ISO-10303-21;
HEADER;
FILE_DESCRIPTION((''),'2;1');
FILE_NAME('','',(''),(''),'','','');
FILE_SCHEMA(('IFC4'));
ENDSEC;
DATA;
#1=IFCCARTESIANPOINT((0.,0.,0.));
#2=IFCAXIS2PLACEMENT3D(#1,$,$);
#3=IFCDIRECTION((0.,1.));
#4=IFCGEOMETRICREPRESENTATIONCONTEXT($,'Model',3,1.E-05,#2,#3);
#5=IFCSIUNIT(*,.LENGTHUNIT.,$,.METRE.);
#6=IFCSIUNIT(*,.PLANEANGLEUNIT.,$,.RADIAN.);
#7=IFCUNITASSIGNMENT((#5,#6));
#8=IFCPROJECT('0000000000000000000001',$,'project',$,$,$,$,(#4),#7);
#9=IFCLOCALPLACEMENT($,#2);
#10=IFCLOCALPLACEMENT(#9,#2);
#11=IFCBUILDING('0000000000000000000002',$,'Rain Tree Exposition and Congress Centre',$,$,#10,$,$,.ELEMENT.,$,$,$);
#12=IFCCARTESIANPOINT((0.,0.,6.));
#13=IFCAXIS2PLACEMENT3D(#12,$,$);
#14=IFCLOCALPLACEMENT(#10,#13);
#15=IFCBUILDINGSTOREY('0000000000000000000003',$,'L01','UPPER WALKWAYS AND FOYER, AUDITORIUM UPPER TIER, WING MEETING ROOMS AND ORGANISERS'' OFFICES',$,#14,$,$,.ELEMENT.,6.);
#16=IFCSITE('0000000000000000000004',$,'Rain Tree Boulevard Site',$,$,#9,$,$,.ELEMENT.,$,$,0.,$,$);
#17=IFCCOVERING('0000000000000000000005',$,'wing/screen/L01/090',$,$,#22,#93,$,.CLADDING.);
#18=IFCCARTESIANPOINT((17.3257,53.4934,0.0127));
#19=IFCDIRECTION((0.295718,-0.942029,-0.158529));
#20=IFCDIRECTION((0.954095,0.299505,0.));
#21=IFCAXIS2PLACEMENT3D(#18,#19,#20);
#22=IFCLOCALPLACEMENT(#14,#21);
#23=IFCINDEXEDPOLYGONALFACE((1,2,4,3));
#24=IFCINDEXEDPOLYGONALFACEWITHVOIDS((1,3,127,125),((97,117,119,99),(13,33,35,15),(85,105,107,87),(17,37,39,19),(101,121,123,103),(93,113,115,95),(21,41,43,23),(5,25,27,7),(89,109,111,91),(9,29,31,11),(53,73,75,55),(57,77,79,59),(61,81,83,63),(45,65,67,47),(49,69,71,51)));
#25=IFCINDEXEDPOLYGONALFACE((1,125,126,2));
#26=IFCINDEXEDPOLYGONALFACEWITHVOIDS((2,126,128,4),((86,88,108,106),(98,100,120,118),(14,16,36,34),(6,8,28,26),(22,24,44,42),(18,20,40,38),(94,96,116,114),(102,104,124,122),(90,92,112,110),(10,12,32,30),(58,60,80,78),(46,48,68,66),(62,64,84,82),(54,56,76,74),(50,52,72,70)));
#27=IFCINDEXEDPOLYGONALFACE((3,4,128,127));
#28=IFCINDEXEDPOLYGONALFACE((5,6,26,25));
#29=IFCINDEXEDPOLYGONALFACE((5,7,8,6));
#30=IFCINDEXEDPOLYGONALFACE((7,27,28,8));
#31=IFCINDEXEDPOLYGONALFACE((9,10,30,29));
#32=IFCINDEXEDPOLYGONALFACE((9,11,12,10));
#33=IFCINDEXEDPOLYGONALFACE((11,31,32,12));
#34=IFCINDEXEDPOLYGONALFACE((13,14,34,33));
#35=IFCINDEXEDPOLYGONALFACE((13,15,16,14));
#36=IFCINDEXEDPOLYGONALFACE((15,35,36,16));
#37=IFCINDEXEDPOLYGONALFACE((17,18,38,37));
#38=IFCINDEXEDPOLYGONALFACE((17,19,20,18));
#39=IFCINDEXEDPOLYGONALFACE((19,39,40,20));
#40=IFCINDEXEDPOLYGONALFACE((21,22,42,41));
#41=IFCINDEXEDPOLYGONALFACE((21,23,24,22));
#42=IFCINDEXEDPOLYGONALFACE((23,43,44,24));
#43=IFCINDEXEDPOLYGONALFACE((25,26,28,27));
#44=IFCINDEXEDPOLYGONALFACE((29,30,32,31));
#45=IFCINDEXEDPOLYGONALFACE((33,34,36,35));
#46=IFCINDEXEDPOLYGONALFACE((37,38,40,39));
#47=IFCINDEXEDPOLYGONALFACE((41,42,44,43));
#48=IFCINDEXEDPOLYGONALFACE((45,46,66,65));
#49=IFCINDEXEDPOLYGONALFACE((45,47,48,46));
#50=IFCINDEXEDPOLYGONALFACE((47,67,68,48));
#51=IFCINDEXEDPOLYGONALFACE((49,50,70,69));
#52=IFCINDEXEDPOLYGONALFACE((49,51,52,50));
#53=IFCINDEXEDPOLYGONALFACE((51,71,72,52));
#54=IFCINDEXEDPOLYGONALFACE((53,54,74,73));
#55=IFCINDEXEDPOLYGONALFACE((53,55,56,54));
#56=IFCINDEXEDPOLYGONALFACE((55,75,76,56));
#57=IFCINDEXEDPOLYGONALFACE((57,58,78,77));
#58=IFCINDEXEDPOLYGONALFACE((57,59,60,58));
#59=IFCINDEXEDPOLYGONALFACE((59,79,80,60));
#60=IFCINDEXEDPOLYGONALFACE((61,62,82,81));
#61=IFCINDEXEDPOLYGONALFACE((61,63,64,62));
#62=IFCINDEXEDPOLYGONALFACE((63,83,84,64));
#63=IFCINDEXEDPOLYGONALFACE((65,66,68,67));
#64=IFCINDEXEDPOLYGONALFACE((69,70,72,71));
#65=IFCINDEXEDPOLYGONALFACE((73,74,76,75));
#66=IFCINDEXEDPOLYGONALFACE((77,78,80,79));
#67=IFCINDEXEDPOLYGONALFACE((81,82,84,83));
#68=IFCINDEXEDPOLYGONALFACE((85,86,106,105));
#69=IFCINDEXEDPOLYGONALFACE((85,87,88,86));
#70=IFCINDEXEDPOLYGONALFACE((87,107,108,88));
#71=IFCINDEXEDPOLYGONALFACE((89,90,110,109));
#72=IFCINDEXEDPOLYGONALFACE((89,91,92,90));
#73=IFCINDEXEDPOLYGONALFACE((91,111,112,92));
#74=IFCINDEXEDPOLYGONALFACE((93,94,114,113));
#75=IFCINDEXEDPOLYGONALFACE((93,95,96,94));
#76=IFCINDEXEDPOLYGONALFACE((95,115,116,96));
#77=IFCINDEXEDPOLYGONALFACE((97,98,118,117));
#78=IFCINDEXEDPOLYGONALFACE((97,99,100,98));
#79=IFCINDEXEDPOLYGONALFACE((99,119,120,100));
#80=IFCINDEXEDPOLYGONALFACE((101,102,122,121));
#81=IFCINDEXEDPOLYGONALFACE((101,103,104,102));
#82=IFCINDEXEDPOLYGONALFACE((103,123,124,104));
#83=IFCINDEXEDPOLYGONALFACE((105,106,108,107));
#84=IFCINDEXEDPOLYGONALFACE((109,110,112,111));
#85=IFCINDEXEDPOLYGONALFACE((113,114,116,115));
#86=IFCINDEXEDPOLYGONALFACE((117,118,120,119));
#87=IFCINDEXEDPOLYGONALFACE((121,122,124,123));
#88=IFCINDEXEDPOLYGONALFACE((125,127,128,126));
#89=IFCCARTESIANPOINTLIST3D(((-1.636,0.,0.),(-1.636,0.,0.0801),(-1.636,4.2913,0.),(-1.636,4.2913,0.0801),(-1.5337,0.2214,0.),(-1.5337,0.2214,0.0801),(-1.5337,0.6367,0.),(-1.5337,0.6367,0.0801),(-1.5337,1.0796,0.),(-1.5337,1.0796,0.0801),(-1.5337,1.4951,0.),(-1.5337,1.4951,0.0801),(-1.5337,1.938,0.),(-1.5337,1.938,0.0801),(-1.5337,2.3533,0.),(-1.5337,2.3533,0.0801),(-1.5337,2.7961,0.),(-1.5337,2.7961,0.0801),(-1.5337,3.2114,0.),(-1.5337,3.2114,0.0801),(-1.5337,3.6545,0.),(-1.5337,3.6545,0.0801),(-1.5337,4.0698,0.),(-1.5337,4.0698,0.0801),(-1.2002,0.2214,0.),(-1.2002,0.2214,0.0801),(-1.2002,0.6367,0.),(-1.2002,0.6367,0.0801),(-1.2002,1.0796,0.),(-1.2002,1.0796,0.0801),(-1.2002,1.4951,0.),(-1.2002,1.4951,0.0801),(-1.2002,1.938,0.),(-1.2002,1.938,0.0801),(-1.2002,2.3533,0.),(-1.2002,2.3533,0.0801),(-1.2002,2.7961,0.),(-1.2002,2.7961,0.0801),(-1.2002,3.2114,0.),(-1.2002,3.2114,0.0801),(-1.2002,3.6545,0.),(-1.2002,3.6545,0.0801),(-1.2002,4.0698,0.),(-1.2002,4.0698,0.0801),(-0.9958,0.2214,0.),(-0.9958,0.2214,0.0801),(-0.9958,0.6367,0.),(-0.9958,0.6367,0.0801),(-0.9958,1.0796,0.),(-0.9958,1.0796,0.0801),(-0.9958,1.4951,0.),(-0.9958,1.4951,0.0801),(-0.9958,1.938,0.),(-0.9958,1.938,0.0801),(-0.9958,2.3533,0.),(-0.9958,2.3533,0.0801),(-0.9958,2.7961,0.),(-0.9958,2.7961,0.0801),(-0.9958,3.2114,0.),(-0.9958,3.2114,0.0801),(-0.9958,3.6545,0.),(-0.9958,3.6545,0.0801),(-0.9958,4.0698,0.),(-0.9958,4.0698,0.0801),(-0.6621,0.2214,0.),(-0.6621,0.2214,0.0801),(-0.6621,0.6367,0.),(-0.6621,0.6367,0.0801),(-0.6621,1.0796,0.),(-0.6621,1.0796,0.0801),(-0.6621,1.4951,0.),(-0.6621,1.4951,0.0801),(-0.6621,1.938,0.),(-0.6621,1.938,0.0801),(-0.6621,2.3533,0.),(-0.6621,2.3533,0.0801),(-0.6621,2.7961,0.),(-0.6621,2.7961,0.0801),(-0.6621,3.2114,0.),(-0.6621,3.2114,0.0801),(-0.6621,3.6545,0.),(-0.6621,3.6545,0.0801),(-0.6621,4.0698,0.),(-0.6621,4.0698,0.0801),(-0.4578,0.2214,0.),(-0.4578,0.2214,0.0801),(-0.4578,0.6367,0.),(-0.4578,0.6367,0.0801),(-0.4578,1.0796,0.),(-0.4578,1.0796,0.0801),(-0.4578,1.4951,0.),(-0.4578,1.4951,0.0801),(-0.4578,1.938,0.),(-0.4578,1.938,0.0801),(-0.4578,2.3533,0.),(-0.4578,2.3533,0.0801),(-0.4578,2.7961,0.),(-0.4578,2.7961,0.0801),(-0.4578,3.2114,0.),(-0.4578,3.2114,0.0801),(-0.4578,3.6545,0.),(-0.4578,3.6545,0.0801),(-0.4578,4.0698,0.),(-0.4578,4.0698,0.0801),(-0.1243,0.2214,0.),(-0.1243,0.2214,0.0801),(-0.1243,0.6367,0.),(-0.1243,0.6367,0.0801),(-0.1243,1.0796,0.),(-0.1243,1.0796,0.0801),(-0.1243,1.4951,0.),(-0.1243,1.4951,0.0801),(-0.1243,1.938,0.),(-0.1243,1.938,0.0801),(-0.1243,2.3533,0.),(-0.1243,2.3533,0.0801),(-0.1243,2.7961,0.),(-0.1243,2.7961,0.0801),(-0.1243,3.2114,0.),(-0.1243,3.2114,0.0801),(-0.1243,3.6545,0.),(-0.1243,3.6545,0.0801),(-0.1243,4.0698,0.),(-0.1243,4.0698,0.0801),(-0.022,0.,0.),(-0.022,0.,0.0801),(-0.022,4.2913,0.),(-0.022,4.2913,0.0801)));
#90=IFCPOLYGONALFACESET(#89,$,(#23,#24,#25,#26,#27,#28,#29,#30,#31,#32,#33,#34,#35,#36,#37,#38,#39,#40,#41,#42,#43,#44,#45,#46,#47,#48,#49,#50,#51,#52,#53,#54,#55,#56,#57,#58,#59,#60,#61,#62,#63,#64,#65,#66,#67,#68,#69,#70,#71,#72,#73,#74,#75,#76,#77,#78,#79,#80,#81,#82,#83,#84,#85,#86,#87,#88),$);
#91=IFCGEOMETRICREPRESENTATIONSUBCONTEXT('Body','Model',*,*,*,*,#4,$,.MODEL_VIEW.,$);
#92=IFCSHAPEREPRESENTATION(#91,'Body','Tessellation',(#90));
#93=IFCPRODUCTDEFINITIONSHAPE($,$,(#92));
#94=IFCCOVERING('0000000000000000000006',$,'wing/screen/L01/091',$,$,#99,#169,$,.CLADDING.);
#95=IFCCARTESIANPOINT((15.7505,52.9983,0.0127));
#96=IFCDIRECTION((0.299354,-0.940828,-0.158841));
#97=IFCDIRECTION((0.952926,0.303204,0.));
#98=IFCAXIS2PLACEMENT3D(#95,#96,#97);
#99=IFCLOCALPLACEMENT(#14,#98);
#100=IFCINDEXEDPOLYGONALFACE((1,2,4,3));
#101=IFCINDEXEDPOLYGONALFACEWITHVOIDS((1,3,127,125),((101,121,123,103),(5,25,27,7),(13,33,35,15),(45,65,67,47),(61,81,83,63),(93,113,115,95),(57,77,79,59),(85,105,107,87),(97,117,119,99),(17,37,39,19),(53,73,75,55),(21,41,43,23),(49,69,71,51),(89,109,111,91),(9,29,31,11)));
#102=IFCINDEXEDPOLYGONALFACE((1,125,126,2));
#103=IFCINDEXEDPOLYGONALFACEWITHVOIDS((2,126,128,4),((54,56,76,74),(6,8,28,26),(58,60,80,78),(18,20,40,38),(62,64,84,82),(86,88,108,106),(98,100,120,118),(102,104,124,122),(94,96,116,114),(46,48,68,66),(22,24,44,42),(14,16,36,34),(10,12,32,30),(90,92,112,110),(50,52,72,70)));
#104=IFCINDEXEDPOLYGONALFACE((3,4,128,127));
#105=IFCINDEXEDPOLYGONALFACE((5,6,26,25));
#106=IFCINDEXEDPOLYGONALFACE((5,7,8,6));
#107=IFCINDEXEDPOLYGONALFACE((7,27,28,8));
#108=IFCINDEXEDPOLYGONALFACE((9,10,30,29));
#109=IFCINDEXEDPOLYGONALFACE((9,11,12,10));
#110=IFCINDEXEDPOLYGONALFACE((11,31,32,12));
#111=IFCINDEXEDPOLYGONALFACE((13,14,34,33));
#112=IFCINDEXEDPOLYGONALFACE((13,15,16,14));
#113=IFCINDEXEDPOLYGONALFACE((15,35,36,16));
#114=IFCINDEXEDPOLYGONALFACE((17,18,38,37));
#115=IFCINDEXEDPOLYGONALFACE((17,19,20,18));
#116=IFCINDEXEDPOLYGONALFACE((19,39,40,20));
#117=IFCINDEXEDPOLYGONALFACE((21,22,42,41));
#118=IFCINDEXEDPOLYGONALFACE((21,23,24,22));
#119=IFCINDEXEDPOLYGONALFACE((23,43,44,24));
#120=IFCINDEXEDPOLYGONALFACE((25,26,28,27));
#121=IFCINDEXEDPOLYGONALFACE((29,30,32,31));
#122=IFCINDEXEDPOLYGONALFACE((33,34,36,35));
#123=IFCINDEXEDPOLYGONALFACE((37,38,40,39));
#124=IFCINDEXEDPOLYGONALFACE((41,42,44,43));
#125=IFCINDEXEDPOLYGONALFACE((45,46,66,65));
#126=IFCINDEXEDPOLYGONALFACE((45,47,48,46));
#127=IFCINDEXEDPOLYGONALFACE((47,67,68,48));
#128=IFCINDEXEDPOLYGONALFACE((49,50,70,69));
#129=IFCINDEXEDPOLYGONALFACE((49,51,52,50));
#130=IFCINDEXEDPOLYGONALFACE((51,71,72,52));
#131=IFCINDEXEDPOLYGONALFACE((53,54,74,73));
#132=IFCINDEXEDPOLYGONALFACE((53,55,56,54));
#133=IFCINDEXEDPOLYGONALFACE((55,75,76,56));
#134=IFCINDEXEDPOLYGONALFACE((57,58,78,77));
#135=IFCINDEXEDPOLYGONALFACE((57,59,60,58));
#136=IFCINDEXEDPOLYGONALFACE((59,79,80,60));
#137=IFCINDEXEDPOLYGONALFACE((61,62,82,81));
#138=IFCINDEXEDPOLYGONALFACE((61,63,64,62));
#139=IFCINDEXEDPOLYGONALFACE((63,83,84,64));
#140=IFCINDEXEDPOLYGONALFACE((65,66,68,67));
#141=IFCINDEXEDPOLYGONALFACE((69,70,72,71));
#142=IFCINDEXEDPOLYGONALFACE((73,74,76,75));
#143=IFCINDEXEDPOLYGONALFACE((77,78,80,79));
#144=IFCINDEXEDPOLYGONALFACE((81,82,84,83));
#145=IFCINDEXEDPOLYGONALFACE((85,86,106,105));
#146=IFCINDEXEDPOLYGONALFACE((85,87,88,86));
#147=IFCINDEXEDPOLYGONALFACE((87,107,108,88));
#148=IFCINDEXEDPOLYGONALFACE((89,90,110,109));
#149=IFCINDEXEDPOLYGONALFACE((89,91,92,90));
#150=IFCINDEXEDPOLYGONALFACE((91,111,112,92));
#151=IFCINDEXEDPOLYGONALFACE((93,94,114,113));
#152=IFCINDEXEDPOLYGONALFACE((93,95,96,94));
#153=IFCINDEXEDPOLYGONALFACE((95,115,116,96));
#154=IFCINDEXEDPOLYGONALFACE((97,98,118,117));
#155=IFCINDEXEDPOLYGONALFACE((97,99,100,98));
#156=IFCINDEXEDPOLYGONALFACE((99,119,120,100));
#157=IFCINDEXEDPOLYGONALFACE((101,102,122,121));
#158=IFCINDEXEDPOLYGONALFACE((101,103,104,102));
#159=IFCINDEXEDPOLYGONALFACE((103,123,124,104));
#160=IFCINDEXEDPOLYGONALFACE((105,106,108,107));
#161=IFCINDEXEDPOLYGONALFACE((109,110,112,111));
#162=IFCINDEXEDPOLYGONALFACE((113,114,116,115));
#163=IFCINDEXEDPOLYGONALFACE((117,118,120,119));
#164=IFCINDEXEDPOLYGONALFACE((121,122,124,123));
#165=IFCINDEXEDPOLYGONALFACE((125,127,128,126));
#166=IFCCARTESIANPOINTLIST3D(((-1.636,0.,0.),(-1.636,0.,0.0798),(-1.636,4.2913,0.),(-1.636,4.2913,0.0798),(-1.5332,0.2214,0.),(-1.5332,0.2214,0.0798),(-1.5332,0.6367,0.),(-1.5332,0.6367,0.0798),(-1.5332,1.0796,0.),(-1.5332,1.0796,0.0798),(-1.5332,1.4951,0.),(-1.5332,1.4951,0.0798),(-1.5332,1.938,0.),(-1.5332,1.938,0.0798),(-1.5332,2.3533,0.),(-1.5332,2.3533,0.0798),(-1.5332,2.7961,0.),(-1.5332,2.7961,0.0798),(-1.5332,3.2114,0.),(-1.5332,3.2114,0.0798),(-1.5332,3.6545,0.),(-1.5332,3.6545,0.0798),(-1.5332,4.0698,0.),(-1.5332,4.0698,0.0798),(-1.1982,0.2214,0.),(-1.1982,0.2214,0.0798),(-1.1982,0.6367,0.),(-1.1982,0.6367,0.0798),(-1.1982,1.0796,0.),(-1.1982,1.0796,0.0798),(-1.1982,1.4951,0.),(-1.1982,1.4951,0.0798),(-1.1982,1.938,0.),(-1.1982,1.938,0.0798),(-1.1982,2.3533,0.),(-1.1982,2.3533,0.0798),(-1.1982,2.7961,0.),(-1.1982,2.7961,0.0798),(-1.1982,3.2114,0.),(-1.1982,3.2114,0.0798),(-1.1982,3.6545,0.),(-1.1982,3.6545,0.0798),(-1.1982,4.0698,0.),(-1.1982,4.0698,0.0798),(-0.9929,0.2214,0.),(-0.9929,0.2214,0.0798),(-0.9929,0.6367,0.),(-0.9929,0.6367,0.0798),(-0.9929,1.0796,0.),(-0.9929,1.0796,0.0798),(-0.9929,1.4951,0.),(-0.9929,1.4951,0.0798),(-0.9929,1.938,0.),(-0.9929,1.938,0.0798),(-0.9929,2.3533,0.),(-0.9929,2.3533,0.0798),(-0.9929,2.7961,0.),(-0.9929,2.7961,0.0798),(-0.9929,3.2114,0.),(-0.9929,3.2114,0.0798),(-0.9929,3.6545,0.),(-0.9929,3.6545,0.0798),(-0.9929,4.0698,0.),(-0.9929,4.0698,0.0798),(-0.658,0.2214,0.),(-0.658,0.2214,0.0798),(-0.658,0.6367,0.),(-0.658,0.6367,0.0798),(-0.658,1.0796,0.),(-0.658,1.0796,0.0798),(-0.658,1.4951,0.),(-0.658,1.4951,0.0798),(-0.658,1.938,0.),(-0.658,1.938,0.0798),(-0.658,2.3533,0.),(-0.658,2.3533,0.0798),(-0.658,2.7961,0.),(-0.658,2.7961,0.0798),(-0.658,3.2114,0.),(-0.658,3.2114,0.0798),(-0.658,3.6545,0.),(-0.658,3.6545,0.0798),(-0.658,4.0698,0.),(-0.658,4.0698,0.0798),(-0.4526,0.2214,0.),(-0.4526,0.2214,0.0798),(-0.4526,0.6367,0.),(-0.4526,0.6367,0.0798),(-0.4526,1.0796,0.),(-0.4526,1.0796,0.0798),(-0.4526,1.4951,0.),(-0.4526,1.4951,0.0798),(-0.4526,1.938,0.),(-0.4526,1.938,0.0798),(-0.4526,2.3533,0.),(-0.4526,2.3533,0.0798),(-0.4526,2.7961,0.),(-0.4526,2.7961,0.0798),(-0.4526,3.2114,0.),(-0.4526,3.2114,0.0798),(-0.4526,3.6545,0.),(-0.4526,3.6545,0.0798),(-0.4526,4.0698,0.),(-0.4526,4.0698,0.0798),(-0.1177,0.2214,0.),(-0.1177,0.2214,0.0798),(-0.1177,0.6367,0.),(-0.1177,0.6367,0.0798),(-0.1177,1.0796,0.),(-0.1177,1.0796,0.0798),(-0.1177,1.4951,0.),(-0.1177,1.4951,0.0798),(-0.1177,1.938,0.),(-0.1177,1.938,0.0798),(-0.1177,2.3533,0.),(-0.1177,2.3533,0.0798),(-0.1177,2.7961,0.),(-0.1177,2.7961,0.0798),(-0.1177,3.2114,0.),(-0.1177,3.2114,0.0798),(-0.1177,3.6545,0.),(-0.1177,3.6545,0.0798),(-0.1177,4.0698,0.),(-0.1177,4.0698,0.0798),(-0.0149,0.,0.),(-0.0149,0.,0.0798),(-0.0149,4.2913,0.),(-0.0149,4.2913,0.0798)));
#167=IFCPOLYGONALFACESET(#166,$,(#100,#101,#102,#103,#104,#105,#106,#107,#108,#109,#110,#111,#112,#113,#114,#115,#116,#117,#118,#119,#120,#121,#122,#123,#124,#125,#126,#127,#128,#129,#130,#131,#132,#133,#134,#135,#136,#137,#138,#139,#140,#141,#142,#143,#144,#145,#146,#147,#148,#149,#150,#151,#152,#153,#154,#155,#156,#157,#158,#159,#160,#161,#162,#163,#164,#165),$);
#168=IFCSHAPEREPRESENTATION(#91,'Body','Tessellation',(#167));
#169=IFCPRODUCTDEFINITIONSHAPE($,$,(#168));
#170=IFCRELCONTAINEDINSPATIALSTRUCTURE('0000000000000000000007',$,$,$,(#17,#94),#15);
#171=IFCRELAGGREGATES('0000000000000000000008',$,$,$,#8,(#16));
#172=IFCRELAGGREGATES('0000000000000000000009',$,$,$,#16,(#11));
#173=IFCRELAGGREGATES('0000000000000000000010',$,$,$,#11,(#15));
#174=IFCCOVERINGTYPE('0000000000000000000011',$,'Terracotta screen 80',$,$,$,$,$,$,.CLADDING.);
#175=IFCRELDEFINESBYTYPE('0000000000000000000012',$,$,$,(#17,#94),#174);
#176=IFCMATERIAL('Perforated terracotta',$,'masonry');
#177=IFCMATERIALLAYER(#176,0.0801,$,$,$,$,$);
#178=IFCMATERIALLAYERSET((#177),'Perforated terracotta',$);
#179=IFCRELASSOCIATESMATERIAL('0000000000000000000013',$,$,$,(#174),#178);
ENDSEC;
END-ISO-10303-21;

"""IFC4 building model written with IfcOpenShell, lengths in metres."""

from ifc_helpers import new_model, si_unit, direction, frame, origin, place, context, subcontext, project, spatial, polyline, outline, extrude, material, layer, layer_set, type_object, element, save


model = new_model("IFC4")

# Units and contexts
model_context = context("Model", 3, precision=1e-05, world=origin(), true_north=direction((0.0, 1.0)))
body_context = subcontext(model_context, "Body", "Model", "MODEL_VIEW")
ifc_project = project(units=[si_unit("LENGTHUNIT", "METRE"), si_unit("PLANEANGLEUNIT", "RADIAN")], contexts=[model_context])

# Site, building, storey
site_placement = place(None, origin())
site = spatial("IfcSite", under=ifc_project, at=site_placement, Name="Rain Tree Boulevard Site", CompositionType="ELEMENT", RefElevation=0.0)
building_placement = place(site_placement, origin())
building = spatial("IfcBuilding", under=site, at=building_placement, Name="Rain Tree Exposition and Congress Centre", CompositionType="ELEMENT")
storey_placement = place(building_placement, frame((0.0, 0.0, 6.0)))
storey = spatial("IfcBuildingStorey", under=building, at=storey_placement, Name="L01", Description="UPPER WALKWAYS AND FOYER, AUDITORIUM UPPER TIER, WING MEETING ROOMS AND ORGANISERS' OFFICES", CompositionType="ELEMENT", Elevation=6.0)

# Coverings
ifc_material_1 = material(Name="Perforated terracotta", Category="masonry")
ifc_layer_1 = layer(ifc_material_1, 0.0801)
ifc_layer_set_1 = layer_set([ifc_layer_1], Name="Perforated terracotta")
covering_type = type_object("IfcCoveringType", Name="Terracotta screen 80", PredefinedType="CLADDING", material=ifc_layer_set_1)
covering_1_placement = place(storey_placement, frame((17.3257, 53.4934, 0.0127), z_axis=(0.295718, -0.942029, -0.158529), x_axis=(0.954095, 0.299505, 0.0)))
element("IfcCovering", 1, at=covering_1_placement, inside=storey, type_object=covering_type, Name="wing/screen/L01/090", PredefinedType="CLADDING", context=body_context, shape_type="SweptSolid", body=[
    extrude(outline(polyline([(-1.636, 0.0), (-1.636, 4.2913), (-0.022, 4.2913), (-0.022, 0.0), (-1.636, 0.0)]), holes=[polyline([(-0.1243, 0.2214), (-0.1243, 0.6367), (-0.4578, 0.6367), (-0.4578, 0.2214), (-0.1243, 0.2214)]), polyline([(-0.1243, 1.0796), (-0.1243, 1.4951), (-0.4578, 1.4951), (-0.4578, 1.0796), (-0.1243, 1.0796)]), polyline([(-0.1243, 1.938), (-0.1243, 2.3533), (-0.4578, 2.3533), (-0.4578, 1.938), (-0.1243, 1.938)]), polyline([(-0.1243, 2.7961), (-0.1243, 3.2114), (-0.4578, 3.2114), (-0.4578, 2.7961), (-0.1243, 2.7961)]), polyline([(-0.1243, 3.6545), (-0.1243, 4.0698), (-0.4578, 4.0698), (-0.4578, 3.6545), (-0.1243, 3.6545)]), polyline([(-0.6621, 0.2214), (-0.6621, 0.6367), (-0.9958, 0.6367), (-0.9958, 0.2214), (-0.6621, 0.2214)]), polyline([(-0.6621, 1.0796), (-0.6621, 1.4951), (-0.9958, 1.4951), (-0.9958, 1.0796), (-0.6621, 1.0796)]), polyline([(-0.6621, 1.938), (-0.6621, 2.3533), (-0.9958, 2.3533), (-0.9958, 1.938), (-0.6621, 1.938)]), polyline([(-0.6621, 2.7961), (-0.6621, 3.2114), (-0.9958, 3.2114), (-0.9958, 2.7961), (-0.6621, 2.7961)]), polyline([(-0.6621, 3.6545), (-0.6621, 4.0698), (-0.9958, 4.0698), (-0.9958, 3.6545), (-0.6621, 3.6545)]), polyline([(-1.2002, 0.2214), (-1.2002, 0.6367), (-1.5337, 0.6367), (-1.5337, 0.2214), (-1.2002, 0.2214)]), polyline([(-1.2002, 1.0796), (-1.2002, 1.4951), (-1.5337, 1.4951), (-1.5337, 1.0796), (-1.2002, 1.0796)]), polyline([(-1.2002, 1.938), (-1.2002, 2.3533), (-1.5337, 2.3533), (-1.5337, 1.938), (-1.2002, 1.938)]), polyline([(-1.2002, 2.7961), (-1.2002, 3.2114), (-1.5337, 3.2114), (-1.5337, 2.7961), (-1.2002, 2.7961)]), polyline([(-1.2002, 3.6545), (-1.2002, 4.0698), (-1.5337, 4.0698), (-1.5337, 3.6545), (-1.2002, 3.6545)])]), origin(), (0.0, 0.0, 1.0), 0.0801),
])
covering_2_placement = place(storey_placement, frame((15.7505, 52.9983, 0.0127), z_axis=(0.299354, -0.940828, -0.158841), x_axis=(0.952926, 0.303204, 0.0)))
element("IfcCovering", 2, at=covering_2_placement, inside=storey, type_object=covering_type, Name="wing/screen/L01/091", PredefinedType="CLADDING", context=body_context, shape_type="SweptSolid", body=[
    extrude(outline(polyline([(-1.636, 0.0), (-1.636, 4.2913), (-0.0149, 4.2913), (-0.0149, 0.0), (-1.636, 0.0)]), holes=[polyline([(-0.1177, 0.2214), (-0.1177, 0.6367), (-0.4526, 0.6367), (-0.4526, 0.2214), (-0.1177, 0.2214)]), polyline([(-0.1177, 1.0796), (-0.1177, 1.4951), (-0.4526, 1.4951), (-0.4526, 1.0796), (-0.1177, 1.0796)]), polyline([(-0.1177, 1.938), (-0.1177, 2.3533), (-0.4526, 2.3533), (-0.4526, 1.938), (-0.1177, 1.938)]), polyline([(-0.1177, 2.7961), (-0.1177, 3.2114), (-0.4526, 3.2114), (-0.4526, 2.7961), (-0.1177, 2.7961)]), polyline([(-0.1177, 3.6545), (-0.1177, 4.0698), (-0.4526, 4.0698), (-0.4526, 3.6545), (-0.1177, 3.6545)]), polyline([(-0.658, 0.2214), (-0.658, 0.6367), (-0.9929, 0.6367), (-0.9929, 0.2214), (-0.658, 0.2214)]), polyline([(-0.658, 1.0796), (-0.658, 1.4951), (-0.9929, 1.4951), (-0.9929, 1.0796), (-0.658, 1.0796)]), polyline([(-0.658, 1.938), (-0.658, 2.3533), (-0.9929, 2.3533), (-0.9929, 1.938), (-0.658, 1.938)]), polyline([(-0.658, 2.7961), (-0.658, 3.2114), (-0.9929, 3.2114), (-0.9929, 2.7961), (-0.658, 2.7961)]), polyline([(-0.658, 3.6545), (-0.658, 4.0698), (-0.9929, 4.0698), (-0.9929, 3.6545), (-0.658, 3.6545)]), polyline([(-1.1982, 0.2214), (-1.1982, 0.6367), (-1.5332, 0.6367), (-1.5332, 0.2214), (-1.1982, 0.2214)]), polyline([(-1.1982, 1.0796), (-1.1982, 1.4951), (-1.5332, 1.4951), (-1.5332, 1.0796), (-1.1982, 1.0796)]), polyline([(-1.1982, 1.938), (-1.1982, 2.3533), (-1.5332, 2.3533), (-1.5332, 1.938), (-1.1982, 1.938)]), polyline([(-1.1982, 2.7961), (-1.1982, 3.2114), (-1.5332, 3.2114), (-1.5332, 2.7961), (-1.1982, 2.7961)]), polyline([(-1.1982, 3.6545), (-1.1982, 4.0698), (-1.5332, 4.0698), (-1.5332, 3.6545), (-1.1982, 3.6545)])]), origin(), (0.0, 0.0, 1.0), 0.0798),
])

save(model, "model.ifc")
